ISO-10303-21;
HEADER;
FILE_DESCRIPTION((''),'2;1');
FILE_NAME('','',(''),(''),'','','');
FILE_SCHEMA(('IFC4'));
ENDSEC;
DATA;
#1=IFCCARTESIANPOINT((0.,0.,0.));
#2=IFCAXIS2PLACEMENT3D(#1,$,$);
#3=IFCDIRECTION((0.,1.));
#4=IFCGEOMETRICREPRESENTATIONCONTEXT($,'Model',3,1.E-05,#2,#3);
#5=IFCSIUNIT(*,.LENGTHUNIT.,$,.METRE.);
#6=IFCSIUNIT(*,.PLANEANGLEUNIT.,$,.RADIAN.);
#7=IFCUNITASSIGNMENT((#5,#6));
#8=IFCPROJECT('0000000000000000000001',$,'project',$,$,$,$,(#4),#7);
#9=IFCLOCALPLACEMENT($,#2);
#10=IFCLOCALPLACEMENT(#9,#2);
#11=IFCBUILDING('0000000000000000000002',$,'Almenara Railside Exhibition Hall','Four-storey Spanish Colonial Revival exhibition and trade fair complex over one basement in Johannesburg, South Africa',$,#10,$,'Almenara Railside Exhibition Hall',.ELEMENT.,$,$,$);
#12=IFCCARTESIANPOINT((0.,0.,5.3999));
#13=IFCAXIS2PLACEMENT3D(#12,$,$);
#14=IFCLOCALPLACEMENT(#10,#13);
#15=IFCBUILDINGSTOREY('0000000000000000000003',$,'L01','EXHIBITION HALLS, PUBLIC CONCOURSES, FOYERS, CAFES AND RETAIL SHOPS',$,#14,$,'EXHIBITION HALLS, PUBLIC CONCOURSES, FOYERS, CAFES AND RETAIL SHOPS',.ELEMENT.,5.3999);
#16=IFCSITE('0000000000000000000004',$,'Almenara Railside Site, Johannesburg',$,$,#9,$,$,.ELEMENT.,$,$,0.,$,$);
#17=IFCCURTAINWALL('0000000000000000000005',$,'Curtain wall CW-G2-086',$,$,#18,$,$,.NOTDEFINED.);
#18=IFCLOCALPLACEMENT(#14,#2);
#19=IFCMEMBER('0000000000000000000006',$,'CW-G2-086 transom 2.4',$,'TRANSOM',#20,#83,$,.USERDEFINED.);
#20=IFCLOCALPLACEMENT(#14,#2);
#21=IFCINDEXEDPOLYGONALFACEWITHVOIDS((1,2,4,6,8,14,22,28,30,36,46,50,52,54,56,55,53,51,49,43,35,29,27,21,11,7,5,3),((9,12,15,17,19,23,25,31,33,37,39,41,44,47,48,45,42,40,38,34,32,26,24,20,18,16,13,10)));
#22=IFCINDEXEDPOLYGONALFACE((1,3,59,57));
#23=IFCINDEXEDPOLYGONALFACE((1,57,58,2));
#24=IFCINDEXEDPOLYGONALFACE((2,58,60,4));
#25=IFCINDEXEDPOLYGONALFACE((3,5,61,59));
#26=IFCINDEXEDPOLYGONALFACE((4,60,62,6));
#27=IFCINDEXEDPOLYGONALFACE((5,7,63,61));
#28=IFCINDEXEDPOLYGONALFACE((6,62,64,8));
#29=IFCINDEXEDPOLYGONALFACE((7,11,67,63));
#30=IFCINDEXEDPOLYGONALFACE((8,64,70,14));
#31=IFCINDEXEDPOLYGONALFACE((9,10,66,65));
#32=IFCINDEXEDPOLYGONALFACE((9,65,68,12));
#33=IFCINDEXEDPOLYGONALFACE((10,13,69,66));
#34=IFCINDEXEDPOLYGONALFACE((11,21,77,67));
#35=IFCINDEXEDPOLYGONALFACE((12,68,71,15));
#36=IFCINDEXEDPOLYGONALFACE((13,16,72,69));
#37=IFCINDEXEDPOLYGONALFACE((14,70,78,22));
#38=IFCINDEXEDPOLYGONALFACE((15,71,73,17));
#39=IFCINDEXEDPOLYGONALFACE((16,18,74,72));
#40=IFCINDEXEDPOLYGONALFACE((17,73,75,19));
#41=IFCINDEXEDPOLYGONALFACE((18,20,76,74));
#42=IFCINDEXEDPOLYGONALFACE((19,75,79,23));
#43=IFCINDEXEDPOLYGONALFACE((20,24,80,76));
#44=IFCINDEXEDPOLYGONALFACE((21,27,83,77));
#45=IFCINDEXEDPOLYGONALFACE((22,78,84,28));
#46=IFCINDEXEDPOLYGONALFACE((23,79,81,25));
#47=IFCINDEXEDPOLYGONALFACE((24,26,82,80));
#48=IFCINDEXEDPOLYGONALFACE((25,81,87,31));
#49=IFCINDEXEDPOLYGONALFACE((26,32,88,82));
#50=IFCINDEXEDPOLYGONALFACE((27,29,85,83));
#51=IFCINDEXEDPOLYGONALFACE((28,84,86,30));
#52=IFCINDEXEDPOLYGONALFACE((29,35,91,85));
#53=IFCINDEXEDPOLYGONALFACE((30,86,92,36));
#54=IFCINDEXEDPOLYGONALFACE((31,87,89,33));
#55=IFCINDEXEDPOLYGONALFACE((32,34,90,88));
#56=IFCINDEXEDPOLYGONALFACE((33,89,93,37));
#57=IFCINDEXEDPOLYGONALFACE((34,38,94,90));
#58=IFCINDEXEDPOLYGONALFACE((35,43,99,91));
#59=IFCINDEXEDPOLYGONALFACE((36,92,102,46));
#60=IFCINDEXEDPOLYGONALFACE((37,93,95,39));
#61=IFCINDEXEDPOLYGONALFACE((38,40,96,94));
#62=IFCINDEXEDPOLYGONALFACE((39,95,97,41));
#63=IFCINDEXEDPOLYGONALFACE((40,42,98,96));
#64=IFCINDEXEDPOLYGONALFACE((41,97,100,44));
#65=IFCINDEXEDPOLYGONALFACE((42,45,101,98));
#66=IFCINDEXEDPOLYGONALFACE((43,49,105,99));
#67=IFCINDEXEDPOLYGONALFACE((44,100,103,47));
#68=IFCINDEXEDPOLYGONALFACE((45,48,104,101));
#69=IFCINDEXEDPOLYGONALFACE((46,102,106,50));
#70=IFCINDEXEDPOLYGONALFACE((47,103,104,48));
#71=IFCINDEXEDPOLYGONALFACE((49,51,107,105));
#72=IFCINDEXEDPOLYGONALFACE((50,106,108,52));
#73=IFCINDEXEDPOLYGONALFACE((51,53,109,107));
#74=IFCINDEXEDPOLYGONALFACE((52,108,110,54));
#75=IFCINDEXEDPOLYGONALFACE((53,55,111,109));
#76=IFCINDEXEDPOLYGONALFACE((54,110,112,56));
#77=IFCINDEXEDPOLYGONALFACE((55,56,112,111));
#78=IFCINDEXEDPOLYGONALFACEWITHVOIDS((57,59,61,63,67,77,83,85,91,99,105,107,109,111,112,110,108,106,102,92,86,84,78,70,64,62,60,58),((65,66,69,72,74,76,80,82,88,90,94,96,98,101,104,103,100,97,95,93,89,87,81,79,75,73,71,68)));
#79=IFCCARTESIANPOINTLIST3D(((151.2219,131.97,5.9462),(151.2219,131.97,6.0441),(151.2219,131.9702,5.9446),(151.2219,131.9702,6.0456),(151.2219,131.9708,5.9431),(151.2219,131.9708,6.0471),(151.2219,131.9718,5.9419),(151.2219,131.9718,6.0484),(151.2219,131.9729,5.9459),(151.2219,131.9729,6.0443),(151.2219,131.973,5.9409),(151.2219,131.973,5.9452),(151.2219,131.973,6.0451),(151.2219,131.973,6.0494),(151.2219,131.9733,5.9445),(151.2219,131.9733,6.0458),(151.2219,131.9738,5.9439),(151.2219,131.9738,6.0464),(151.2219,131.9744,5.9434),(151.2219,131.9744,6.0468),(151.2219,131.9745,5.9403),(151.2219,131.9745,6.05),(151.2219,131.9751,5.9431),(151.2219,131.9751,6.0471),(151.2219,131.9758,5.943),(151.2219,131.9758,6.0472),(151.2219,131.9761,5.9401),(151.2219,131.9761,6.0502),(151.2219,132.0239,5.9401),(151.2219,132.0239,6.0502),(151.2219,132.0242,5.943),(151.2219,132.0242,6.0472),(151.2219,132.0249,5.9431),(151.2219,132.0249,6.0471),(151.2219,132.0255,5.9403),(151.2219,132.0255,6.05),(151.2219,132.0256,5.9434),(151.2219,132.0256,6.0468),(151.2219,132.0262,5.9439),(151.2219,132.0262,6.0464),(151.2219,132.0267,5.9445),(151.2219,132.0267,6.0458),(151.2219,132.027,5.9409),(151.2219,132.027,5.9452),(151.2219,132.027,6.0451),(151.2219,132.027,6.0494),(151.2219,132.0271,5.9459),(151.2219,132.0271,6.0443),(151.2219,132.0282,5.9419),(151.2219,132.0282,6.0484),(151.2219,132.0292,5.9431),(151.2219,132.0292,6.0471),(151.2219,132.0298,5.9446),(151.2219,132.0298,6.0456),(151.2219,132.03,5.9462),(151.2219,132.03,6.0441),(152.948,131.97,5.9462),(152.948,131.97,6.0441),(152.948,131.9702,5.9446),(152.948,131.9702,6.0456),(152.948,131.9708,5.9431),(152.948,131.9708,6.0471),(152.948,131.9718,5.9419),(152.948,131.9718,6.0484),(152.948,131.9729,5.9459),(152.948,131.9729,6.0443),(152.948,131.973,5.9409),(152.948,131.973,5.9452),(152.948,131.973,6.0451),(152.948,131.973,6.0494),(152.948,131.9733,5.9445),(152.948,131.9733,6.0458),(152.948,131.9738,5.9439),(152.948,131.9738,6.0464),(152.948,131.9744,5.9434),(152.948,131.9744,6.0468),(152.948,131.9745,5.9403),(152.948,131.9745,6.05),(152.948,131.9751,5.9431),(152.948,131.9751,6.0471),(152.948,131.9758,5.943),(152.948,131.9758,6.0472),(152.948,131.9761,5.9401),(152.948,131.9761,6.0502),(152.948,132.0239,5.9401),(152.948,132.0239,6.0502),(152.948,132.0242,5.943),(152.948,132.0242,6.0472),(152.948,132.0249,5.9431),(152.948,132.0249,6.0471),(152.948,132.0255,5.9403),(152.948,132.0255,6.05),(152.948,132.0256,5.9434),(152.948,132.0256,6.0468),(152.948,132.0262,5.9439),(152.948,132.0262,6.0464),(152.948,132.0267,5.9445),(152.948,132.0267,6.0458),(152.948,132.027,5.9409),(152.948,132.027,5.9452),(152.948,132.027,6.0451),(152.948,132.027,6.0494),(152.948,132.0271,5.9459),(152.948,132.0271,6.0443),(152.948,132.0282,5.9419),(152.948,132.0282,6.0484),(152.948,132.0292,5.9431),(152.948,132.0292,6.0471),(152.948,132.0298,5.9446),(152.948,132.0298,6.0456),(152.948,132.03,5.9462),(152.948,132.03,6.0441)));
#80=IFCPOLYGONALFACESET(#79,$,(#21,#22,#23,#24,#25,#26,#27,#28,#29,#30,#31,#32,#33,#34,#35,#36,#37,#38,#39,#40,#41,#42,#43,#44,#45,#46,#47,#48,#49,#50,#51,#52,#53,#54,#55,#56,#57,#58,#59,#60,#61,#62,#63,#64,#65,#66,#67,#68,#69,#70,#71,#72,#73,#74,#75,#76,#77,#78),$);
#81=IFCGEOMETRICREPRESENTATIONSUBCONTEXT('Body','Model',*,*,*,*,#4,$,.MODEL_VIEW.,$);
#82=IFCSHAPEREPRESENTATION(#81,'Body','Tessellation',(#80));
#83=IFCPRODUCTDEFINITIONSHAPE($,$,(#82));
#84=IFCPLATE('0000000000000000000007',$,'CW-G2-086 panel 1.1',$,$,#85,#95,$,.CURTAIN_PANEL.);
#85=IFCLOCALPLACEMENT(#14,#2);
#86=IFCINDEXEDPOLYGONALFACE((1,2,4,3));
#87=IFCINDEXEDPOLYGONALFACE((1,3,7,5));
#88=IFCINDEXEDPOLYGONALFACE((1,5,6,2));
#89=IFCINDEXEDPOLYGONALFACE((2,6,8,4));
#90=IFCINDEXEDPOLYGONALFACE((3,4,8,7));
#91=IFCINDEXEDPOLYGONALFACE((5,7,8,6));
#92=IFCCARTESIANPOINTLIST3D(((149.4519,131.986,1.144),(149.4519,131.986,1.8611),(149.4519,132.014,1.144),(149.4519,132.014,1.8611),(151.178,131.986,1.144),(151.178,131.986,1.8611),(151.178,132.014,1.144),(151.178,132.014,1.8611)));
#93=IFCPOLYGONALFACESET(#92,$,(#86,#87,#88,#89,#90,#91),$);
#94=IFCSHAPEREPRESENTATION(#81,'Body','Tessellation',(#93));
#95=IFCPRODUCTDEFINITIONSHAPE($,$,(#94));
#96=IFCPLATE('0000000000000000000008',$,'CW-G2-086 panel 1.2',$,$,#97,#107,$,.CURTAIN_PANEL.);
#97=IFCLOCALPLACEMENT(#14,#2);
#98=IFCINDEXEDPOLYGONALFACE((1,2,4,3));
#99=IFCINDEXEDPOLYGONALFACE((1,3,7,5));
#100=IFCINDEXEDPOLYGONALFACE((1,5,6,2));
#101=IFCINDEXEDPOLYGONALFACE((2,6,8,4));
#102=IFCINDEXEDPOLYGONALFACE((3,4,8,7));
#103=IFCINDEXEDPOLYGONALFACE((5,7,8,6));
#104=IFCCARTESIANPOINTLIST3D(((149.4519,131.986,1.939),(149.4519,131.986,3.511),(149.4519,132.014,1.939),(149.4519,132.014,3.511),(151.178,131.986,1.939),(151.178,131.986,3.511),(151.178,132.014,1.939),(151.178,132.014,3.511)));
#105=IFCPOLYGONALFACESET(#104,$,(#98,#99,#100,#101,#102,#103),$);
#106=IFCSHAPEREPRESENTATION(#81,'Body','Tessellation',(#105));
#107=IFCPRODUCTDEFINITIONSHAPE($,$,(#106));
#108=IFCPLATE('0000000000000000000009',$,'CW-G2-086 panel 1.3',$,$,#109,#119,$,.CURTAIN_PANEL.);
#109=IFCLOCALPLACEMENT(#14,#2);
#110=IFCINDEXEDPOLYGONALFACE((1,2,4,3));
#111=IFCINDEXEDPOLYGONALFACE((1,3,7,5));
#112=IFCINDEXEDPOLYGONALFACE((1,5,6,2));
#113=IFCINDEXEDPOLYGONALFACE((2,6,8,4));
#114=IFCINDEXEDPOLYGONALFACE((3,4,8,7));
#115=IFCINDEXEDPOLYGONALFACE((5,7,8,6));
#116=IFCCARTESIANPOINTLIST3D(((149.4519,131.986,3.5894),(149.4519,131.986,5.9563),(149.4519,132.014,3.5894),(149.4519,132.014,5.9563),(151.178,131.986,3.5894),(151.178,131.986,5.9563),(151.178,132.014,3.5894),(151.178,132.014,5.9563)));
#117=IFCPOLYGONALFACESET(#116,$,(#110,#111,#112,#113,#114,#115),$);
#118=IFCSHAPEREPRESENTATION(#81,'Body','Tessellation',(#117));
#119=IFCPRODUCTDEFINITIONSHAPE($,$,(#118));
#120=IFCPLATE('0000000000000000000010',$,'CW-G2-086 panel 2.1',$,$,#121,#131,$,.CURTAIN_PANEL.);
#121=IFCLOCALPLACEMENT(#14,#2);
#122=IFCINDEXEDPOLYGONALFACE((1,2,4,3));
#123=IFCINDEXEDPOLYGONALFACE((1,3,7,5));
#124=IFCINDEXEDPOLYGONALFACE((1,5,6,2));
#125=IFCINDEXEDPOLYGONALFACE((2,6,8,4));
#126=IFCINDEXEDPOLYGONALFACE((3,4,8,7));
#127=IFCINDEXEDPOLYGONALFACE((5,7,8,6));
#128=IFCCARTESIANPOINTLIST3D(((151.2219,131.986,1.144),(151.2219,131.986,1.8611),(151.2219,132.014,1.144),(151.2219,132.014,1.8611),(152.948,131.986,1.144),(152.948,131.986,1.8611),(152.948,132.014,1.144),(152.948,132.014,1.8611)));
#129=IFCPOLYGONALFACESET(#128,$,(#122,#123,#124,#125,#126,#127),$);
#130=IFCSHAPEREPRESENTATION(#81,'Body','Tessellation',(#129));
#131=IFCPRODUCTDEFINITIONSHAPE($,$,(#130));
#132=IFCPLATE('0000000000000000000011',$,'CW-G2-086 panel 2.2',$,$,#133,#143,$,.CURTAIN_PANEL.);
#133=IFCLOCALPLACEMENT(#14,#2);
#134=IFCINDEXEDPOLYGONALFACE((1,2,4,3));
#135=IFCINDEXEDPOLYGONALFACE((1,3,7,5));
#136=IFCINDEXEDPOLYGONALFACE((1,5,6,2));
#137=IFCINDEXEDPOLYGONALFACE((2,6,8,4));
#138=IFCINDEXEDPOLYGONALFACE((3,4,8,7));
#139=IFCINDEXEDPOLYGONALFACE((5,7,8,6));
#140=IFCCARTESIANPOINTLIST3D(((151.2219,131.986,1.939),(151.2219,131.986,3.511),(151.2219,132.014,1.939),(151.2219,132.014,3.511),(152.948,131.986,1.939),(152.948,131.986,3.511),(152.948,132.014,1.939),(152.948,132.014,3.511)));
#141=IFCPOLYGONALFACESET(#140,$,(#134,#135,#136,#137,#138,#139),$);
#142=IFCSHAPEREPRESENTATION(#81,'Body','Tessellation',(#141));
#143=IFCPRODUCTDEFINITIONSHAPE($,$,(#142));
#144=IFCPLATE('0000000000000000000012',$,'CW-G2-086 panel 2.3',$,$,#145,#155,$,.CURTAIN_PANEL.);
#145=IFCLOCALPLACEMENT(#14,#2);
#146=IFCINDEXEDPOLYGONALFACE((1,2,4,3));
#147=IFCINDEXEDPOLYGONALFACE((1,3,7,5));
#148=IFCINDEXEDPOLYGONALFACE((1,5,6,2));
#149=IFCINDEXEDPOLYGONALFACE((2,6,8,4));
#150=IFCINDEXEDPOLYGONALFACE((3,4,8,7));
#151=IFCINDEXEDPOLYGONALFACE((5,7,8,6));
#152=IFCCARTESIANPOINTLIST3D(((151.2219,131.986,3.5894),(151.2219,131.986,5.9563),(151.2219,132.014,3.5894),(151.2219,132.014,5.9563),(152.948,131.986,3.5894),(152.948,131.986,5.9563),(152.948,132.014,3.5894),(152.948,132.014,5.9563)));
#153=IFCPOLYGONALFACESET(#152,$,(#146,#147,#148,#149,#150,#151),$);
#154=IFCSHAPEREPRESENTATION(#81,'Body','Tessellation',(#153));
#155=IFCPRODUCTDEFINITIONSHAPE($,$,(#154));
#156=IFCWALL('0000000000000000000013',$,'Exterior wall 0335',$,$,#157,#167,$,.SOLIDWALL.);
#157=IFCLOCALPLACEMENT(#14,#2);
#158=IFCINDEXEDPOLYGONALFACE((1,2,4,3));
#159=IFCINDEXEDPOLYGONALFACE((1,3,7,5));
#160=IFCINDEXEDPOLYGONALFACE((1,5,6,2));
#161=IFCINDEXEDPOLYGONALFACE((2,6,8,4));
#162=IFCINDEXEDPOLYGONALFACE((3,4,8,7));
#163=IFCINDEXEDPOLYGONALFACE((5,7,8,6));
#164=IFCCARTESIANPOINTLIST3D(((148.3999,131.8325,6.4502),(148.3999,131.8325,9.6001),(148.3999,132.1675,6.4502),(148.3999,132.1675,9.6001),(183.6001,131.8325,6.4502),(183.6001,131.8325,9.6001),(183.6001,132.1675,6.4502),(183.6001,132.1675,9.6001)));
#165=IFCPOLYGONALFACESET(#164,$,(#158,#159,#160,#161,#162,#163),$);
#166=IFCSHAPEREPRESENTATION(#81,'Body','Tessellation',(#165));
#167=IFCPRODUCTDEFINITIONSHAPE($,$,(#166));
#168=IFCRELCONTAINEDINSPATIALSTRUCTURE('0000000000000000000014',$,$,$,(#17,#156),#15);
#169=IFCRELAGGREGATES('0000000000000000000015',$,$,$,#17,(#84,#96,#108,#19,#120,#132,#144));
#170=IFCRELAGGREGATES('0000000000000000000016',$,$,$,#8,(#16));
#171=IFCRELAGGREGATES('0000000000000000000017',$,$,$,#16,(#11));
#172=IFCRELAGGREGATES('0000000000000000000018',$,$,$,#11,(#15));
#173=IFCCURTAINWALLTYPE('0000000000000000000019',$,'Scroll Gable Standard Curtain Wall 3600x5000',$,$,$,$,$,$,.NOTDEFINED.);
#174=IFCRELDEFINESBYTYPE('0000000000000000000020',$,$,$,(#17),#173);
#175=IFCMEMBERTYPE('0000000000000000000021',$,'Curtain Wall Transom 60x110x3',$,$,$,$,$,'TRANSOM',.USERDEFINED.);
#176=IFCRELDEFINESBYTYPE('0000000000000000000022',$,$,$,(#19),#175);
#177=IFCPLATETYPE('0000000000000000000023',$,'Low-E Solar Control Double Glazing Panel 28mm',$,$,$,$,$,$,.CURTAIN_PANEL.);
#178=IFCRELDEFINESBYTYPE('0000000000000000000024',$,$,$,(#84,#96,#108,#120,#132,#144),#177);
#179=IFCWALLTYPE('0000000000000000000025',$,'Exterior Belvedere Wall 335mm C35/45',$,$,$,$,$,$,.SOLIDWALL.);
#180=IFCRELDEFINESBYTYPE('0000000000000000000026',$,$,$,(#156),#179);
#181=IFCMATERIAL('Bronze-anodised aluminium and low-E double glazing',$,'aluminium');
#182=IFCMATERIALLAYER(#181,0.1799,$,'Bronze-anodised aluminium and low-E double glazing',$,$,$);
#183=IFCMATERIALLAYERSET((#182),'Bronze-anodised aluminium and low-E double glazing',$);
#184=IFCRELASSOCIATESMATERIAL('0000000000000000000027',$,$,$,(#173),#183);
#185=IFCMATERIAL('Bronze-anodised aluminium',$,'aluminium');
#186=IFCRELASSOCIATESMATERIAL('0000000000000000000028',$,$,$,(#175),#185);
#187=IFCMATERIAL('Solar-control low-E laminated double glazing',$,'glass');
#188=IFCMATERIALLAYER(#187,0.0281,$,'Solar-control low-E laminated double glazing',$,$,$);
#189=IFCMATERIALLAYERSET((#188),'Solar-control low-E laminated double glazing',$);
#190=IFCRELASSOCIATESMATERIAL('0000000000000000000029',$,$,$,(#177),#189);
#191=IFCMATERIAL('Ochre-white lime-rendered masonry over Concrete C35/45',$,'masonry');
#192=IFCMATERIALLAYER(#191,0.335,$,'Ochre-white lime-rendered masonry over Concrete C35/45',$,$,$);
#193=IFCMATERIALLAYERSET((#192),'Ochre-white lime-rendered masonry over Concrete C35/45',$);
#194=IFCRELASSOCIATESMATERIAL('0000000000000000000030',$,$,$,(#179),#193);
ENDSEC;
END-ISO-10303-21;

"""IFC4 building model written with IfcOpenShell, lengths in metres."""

from ifc_helpers import new_model, si_unit, direction, frame, frame_2d, origin, origin_2d, place, context, subcontext, project, spatial, rectangle, hollow_rectangle, extrude, material, layer, layer_set, material_profile, profile_set, type_object, element, aggregate, save


model = new_model("IFC4")

# Units and contexts
model_context = context("Model", 3, precision=1e-05, world=origin(), true_north=direction((0.0, 1.0)))
body_context = subcontext(model_context, "Body", "Model", "MODEL_VIEW")
ifc_project = project(units=[si_unit("LENGTHUNIT", "METRE"), si_unit("PLANEANGLEUNIT", "RADIAN")], contexts=[model_context])

# Site, building, storey
site_placement = place(None, origin())
site = spatial("IfcSite", under=ifc_project, at=site_placement, Name="Almenara Railside Site, Johannesburg", CompositionType="ELEMENT", RefElevation=0.0)
building_placement = place(site_placement, origin())
building = spatial("IfcBuilding", under=site, at=building_placement, Name="Almenara Railside Exhibition Hall", Description="Four-storey Spanish Colonial Revival exhibition and trade fair complex over one basement in Johannesburg, South Africa", LongName="Almenara Railside Exhibition Hall", CompositionType="ELEMENT")
storey_placement = place(building_placement, frame((0.0, 0.0, 5.3999)))
storey = spatial("IfcBuildingStorey", under=building, at=storey_placement, Name="L01", Description="EXHIBITION HALLS, PUBLIC CONCOURSES, FOYERS, CAFES AND RETAIL SHOPS", LongName="EXHIBITION HALLS, PUBLIC CONCOURSES, FOYERS, CAFES AND RETAIL SHOPS", CompositionType="ELEMENT", Elevation=5.3999)

# Shared definitions
ifc_material_1 = material(Name="Bronze-anodised aluminium and low-E double glazing", Category="aluminium")
ifc_layer_1 = layer(ifc_material_1, 0.1799, Name="Bronze-anodised aluminium and low-E double glazing")
ifc_layer_set_1 = layer_set([ifc_layer_1], Name="Bronze-anodised aluminium and low-E double glazing")
curtain_wall_type = type_object("IfcCurtainWallType", Name="Scroll Gable Standard Curtain Wall 3600x5000", PredefinedType="NOTDEFINED", material=ifc_layer_set_1)
ifc_material_2 = material(Name="Bronze-anodised aluminium", Category="aluminium")

# Curtain wall
curtain_wall_1_placement = place(storey_placement, origin())
curtain_wall_1 = element("IfcCurtainWall", 1, at=curtain_wall_1_placement, inside=storey, type_object=curtain_wall_type, Name="Curtain wall CW-G2-086", PredefinedType="NOTDEFINED")

# Member
ifc_material_profile_1 = material_profile(ifc_material_2, hollow_rectangle(XDim=0.0601, YDim=0.1101, WallThickness=0.0029, InnerFilletRadius=0.0029, OuterFilletRadius=0.0061, at=origin_2d()), Name="ALU-TRN 60x110x3")
ifc_profile_set_1 = profile_set([ifc_material_profile_1], Name="Bronze-anodised aluminium")
member_type_1 = type_object("IfcMemberType", Name="Curtain Wall Transom 60x110x3", ElementType="TRANSOM", PredefinedType="USERDEFINED", material=ifc_profile_set_1)
member_1_placement = place(storey_placement, frame((151.2219, 132.0, 5.9951), z_axis=(1.0, 0.0, 0.0), x_axis=(0.0, 1.0, 0.0)))
member_1 = element("IfcMember", 2, at=member_1_placement, type_object=member_type_1, Name="CW-G2-086 transom 2.4", ObjectType="TRANSOM", PredefinedType="USERDEFINED", context=body_context, shape_type="SweptSolid", body=[
    extrude(hollow_rectangle(XDim=0.0601, YDim=0.1101, WallThickness=0.0029, InnerFilletRadius=0.0029, OuterFilletRadius=0.0061, at=origin_2d()), origin(), (0.0, 0.0, 1.0), 1.7261),
])

# Plates
ifc_material_3 = material(Name="Solar-control low-E laminated double glazing", Category="glass")
ifc_layer_2 = layer(ifc_material_3, 0.0281, Name="Solar-control low-E laminated double glazing")
ifc_layer_set_2 = layer_set([ifc_layer_2], Name="Solar-control low-E laminated double glazing")
plate_type = type_object("IfcPlateType", Name="Low-E Solar Control Double Glazing Panel 28mm", PredefinedType="CURTAIN_PANEL", material=ifc_layer_set_2)
plate_1_placement = place(storey_placement, frame((150.3149, 132.0, 1.144), z_axis=(0.0, 0.0, 1.0), x_axis=(1.0, 0.0, 0.0)))
plate_1 = element("IfcPlate", 3, at=plate_1_placement, type_object=plate_type, Name="CW-G2-086 panel 1.1", PredefinedType="CURTAIN_PANEL", context=body_context, shape_type="SweptSolid", body=[
    extrude(rectangle(XDim=1.7261, YDim=0.0281, at=origin_2d()), origin(), (0.0, 0.0, 1.0), 0.717),
])
plate_2_placement = place(storey_placement, frame((150.3149, 132.0, 1.939), z_axis=(0.0, 0.0, 1.0), x_axis=(1.0, 0.0, 0.0)))
plate_2 = element("IfcPlate", 4, at=plate_2_placement, type_object=plate_type, Name="CW-G2-086 panel 1.2", PredefinedType="CURTAIN_PANEL", context=body_context, shape_type="SweptSolid", body=[
    extrude(rectangle(XDim=1.7261, YDim=0.0281, at=origin_2d()), origin(), (0.0, 0.0, 1.0), 1.572),
])
plate_3_placement = place(storey_placement, frame((150.3149, 132.0, 3.5894), z_axis=(0.0, 0.0, 1.0), x_axis=(1.0, 0.0, 0.0)))
plate_3 = element("IfcPlate", 5, at=plate_3_placement, type_object=plate_type, Name="CW-G2-086 panel 1.3", PredefinedType="CURTAIN_PANEL", context=body_context, shape_type="SweptSolid", body=[
    extrude(rectangle(XDim=1.7261, YDim=0.0281, at=origin_2d()), origin(), (0.0, 0.0, 1.0), 2.3669),
])
plate_4_placement = place(storey_placement, frame((152.085, 132.0, 1.144), z_axis=(0.0, 0.0, 1.0), x_axis=(1.0, 0.0, 0.0)))
plate_4 = element("IfcPlate", 6, at=plate_4_placement, type_object=plate_type, Name="CW-G2-086 panel 2.1", PredefinedType="CURTAIN_PANEL", context=body_context, shape_type="SweptSolid", body=[
    extrude(rectangle(XDim=1.7261, YDim=0.0281, at=origin_2d()), origin(), (0.0, 0.0, 1.0), 0.717),
])
plate_5_placement = place(storey_placement, frame((152.085, 132.0, 1.939), z_axis=(0.0, 0.0, 1.0), x_axis=(1.0, 0.0, 0.0)))
plate_5 = element("IfcPlate", 7, at=plate_5_placement, type_object=plate_type, Name="CW-G2-086 panel 2.2", PredefinedType="CURTAIN_PANEL", context=body_context, shape_type="SweptSolid", body=[
    extrude(rectangle(XDim=1.7261, YDim=0.0281, at=origin_2d()), origin(), (0.0, 0.0, 1.0), 1.572),
])
plate_6_placement = place(storey_placement, frame((152.085, 132.0, 3.5894), z_axis=(0.0, 0.0, 1.0), x_axis=(1.0, 0.0, 0.0)))
plate_6 = element("IfcPlate", 8, at=plate_6_placement, type_object=plate_type, Name="CW-G2-086 panel 2.3", PredefinedType="CURTAIN_PANEL", context=body_context, shape_type="SweptSolid", body=[
    extrude(rectangle(XDim=1.7261, YDim=0.0281, at=origin_2d()), origin(), (0.0, 0.0, 1.0), 2.3669),
])
aggregate(curtain_wall_1, [plate_1, plate_2, plate_3, member_1, plate_4, plate_5, plate_6])

# Wall
ifc_material_4 = material(Name="Ochre-white lime-rendered masonry over Concrete C35/45", Category="masonry")
ifc_layer_3 = layer(ifc_material_4, 0.335, Name="Ochre-white lime-rendered masonry over Concrete C35/45")
ifc_layer_set_3 = layer_set([ifc_layer_3], Name="Ochre-white lime-rendered masonry over Concrete C35/45")
wall_type = type_object("IfcWallType", Name="Exterior Belvedere Wall 335mm C35/45", PredefinedType="SOLIDWALL", material=ifc_layer_set_3)
wall_placement = place(storey_placement, frame((148.3999, 132.0, 6.4502), z_axis=(0.0, 0.0, 1.0), x_axis=(1.0, 0.0, 0.0)))
element("IfcWall", 9, at=wall_placement, inside=storey, type_object=wall_type, Name="Exterior wall 0335", PredefinedType="SOLIDWALL", context=body_context, shape_type="SweptSolid", body=[
    extrude(rectangle(XDim=35.2002, YDim=0.335, at=frame_2d((17.6001, 0.0))), origin(), (0.0, 0.0, 1.0), 3.1499),
])

save(model, "model.ifc")
